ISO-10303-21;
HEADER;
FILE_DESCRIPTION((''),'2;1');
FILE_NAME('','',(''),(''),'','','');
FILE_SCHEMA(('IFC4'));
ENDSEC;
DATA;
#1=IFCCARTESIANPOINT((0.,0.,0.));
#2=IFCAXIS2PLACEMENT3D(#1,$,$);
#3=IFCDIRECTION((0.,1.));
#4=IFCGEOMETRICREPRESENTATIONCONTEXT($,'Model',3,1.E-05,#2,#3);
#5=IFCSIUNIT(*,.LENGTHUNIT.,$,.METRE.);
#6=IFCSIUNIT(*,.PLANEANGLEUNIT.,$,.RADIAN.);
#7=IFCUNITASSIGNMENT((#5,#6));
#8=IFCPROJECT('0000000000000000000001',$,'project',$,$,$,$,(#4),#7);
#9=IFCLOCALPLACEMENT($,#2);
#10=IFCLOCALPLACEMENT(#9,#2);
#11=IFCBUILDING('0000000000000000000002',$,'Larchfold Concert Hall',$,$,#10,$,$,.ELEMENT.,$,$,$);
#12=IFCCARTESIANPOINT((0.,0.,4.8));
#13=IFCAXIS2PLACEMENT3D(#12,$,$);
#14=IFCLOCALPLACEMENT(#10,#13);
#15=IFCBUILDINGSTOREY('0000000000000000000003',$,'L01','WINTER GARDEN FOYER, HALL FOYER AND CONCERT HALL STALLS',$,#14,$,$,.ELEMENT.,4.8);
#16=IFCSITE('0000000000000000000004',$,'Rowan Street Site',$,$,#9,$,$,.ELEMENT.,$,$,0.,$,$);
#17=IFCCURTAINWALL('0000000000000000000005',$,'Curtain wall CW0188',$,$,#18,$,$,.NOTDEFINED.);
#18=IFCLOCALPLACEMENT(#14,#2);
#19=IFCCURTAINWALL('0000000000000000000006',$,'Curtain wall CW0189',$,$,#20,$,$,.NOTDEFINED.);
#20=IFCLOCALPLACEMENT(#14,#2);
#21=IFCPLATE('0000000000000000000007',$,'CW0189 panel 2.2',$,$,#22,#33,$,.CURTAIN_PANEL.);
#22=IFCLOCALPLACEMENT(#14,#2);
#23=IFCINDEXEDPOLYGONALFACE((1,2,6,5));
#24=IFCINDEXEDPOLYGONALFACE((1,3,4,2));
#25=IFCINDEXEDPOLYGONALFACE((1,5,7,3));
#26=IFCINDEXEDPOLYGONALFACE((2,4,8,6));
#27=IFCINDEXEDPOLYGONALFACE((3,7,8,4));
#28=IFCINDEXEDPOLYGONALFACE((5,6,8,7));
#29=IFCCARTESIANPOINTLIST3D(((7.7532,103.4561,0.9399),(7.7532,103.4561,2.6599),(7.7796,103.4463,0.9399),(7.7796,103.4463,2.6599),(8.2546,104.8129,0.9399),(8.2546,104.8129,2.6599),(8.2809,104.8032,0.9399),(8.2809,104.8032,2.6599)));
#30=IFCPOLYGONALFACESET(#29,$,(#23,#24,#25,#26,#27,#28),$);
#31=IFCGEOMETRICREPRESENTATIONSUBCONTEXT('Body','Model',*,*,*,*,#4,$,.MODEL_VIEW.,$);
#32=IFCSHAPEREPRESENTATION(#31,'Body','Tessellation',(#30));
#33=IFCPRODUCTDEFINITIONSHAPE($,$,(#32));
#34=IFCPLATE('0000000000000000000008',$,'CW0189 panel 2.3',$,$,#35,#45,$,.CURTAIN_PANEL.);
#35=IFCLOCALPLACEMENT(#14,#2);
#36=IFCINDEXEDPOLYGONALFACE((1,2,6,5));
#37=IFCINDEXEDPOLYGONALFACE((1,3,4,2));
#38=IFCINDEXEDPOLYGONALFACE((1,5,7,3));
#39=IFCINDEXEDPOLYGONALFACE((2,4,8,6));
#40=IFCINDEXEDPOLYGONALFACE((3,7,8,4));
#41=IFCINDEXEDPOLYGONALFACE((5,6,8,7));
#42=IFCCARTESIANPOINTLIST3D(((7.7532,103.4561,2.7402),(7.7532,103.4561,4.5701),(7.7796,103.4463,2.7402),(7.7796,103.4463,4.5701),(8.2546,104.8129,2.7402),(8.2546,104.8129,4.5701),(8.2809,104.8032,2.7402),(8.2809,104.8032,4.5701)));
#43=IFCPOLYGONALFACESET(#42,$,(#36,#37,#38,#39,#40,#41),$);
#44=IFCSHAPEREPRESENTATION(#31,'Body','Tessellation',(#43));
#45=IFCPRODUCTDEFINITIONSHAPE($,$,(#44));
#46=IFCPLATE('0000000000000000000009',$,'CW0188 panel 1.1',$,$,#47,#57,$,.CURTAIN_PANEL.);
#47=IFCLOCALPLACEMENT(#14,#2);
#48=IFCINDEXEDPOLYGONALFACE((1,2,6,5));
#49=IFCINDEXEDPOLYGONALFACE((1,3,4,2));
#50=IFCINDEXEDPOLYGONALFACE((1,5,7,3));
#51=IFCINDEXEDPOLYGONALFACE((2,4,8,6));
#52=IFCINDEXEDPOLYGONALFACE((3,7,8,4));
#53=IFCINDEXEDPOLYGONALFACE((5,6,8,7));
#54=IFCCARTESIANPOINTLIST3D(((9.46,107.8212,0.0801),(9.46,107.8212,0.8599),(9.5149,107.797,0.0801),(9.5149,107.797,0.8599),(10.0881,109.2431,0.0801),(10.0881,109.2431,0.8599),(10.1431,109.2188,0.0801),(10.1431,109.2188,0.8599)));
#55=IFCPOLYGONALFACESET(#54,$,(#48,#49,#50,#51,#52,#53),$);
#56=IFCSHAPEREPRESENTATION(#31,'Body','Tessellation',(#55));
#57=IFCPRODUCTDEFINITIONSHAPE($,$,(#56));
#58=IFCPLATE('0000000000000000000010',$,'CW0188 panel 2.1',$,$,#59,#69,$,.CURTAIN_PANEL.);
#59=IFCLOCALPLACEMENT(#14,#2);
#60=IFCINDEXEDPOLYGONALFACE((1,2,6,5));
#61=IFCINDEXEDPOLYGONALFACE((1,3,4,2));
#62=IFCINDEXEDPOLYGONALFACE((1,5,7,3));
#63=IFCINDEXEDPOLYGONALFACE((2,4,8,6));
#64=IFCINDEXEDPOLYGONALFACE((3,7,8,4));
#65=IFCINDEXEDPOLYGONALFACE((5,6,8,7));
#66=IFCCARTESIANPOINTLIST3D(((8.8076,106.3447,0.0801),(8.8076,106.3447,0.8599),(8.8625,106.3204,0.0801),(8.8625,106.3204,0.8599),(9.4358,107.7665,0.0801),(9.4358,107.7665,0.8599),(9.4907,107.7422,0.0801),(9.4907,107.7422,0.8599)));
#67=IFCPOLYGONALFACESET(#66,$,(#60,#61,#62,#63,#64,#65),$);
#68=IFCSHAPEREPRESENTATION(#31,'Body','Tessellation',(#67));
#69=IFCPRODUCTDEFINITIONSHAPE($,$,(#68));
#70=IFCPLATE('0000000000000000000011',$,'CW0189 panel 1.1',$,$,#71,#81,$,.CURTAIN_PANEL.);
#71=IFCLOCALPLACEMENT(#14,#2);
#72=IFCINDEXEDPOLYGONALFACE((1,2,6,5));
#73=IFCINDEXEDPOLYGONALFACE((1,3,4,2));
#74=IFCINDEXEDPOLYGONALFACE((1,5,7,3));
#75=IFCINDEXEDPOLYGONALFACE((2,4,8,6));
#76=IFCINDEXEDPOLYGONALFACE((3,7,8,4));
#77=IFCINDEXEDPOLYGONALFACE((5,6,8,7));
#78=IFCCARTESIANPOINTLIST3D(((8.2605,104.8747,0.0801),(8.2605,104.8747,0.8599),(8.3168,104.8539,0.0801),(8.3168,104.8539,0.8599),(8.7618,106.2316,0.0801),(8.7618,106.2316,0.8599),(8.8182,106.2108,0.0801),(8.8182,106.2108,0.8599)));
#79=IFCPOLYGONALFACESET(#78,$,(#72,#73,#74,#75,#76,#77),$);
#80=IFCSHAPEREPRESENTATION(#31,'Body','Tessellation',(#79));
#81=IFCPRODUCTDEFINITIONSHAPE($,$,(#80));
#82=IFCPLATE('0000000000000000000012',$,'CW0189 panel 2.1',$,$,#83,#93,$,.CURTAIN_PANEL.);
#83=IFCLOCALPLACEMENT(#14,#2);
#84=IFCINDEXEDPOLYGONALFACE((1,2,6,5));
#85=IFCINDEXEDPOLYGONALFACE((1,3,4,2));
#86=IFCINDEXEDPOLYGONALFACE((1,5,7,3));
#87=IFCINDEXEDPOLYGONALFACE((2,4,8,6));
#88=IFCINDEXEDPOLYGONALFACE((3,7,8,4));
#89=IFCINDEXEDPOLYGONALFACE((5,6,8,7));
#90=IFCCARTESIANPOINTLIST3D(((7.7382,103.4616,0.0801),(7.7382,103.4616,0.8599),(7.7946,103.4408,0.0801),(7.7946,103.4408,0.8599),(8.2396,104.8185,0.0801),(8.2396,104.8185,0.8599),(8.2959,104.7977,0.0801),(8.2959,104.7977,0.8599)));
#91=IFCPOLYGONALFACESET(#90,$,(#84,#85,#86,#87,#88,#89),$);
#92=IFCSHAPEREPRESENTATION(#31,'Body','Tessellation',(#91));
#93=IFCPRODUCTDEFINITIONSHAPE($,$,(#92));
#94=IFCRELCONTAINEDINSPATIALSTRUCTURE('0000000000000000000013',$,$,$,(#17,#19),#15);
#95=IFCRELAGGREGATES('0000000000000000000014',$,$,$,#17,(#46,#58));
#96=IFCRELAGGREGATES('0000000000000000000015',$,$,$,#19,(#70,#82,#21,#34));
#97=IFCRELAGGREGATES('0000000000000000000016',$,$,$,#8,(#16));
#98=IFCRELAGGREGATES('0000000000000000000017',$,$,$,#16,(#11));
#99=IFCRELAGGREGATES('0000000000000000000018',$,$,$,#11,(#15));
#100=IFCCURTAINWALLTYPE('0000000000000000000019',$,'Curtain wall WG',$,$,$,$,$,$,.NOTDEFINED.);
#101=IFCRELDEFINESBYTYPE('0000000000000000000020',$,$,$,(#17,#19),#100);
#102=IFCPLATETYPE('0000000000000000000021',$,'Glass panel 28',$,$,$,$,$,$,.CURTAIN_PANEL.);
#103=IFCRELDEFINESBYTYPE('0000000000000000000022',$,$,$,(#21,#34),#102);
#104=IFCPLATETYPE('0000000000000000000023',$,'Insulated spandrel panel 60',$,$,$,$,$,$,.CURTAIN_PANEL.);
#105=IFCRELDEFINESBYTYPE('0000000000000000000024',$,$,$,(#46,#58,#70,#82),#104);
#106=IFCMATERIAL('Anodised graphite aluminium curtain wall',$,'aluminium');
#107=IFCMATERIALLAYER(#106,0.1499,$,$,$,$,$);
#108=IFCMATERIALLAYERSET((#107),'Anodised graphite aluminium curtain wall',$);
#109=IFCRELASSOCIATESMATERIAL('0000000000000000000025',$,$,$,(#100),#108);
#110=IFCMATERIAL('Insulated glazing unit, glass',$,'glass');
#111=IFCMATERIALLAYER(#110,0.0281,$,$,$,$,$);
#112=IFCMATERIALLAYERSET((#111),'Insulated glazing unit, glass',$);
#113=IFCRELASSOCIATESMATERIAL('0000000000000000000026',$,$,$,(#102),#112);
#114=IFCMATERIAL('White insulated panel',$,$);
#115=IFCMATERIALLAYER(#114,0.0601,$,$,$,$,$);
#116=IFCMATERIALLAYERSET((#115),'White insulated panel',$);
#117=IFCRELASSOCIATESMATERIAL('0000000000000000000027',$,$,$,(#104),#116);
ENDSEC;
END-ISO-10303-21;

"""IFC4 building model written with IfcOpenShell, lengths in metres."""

from ifc_helpers import new_model, si_unit, direction, frame, origin, origin_2d, place, context, subcontext, project, spatial, rectangle, extrude, material, layer, layer_set, type_object, element, aggregate, save


model = new_model("IFC4")

# Units and contexts
model_context = context("Model", 3, precision=1e-05, world=origin(), true_north=direction((0.0, 1.0)))
body_context = subcontext(model_context, "Body", "Model", "MODEL_VIEW")
ifc_project = project(units=[si_unit("LENGTHUNIT", "METRE"), si_unit("PLANEANGLEUNIT", "RADIAN")], contexts=[model_context])

# Site, building, storey
site_placement = place(None, origin())
site = spatial("IfcSite", under=ifc_project, at=site_placement, Name="Rowan Street Site", CompositionType="ELEMENT", RefElevation=0.0)
building_placement = place(site_placement, origin())
building = spatial("IfcBuilding", under=site, at=building_placement, Name="Larchfold Concert Hall", CompositionType="ELEMENT")
storey_placement = place(building_placement, frame((0.0, 0.0, 4.8)))
storey = spatial("IfcBuildingStorey", under=building, at=storey_placement, Name="L01", Description="WINTER GARDEN FOYER, HALL FOYER AND CONCERT HALL STALLS", CompositionType="ELEMENT", Elevation=4.8)

# Shared definitions
ifc_material_1 = material(Name="Anodised graphite aluminium curtain wall", Category="aluminium")
ifc_layer_1 = layer(ifc_material_1, 0.1499)
ifc_layer_set_1 = layer_set([ifc_layer_1], Name="Anodised graphite aluminium curtain wall")
curtain_wall_type = type_object("IfcCurtainWallType", Name="Curtain wall WG", PredefinedType="NOTDEFINED", material=ifc_layer_set_1)

# Curtain walls
curtain_wall_1_placement = place(storey_placement, origin())
curtain_wall_1 = element("IfcCurtainWall", 1, at=curtain_wall_1_placement, inside=storey, type_object=curtain_wall_type, Name="Curtain wall CW0188", PredefinedType="NOTDEFINED")
curtain_wall_2_placement = place(storey_placement, origin())
curtain_wall_2 = element("IfcCurtainWall", 2, at=curtain_wall_2_placement, inside=storey, type_object=curtain_wall_type, Name="Curtain wall CW0189", PredefinedType="NOTDEFINED")

# Plates
ifc_material_2 = material(Name="Insulated glazing unit, glass", Category="glass")
ifc_layer_2 = layer(ifc_material_2, 0.0281)
ifc_layer_set_2 = layer_set([ifc_layer_2], Name="Insulated glazing unit, glass")
plate_type_1 = type_object("IfcPlateType", Name="Glass panel 28", PredefinedType="CURTAIN_PANEL", material=ifc_layer_set_2)
plate_1_placement = place(storey_placement, frame((8.0171, 104.1296, 0.9399), z_axis=(0.0, 0.0, 1.0), x_axis=(-0.346592, -0.938016, 0.0)))
plate_1 = element("IfcPlate", 3, at=plate_1_placement, type_object=plate_type_1, Name="CW0189 panel 2.2", PredefinedType="CURTAIN_PANEL", context=body_context, shape_type="SweptSolid", body=[
    extrude(rectangle(XDim=1.4465, YDim=0.0281, at=origin_2d()), origin(), (0.0, 0.0, 1.0), 1.72),
])
plate_2_placement = place(storey_placement, frame((8.0171, 104.1296, 2.7402), z_axis=(0.0, 0.0, 1.0), x_axis=(-0.346592, -0.938016, 0.0)))
plate_2 = element("IfcPlate", 4, at=plate_2_placement, type_object=plate_type_1, Name="CW0189 panel 2.3", PredefinedType="CURTAIN_PANEL", context=body_context, shape_type="SweptSolid", body=[
    extrude(rectangle(XDim=1.4465, YDim=0.0281, at=origin_2d()), origin(), (0.0, 0.0, 1.0), 1.8298),
])
ifc_material_3 = material(Name="White insulated panel")
ifc_layer_3 = layer(ifc_material_3, 0.0601)
ifc_layer_set_3 = layer_set([ifc_layer_3], Name="White insulated panel")
plate_type_2 = type_object("IfcPlateType", Name="Insulated spandrel panel 60", PredefinedType="CURTAIN_PANEL", material=ifc_layer_set_3)
plate_3_placement = place(storey_placement, frame((9.8015, 108.52, 0.0801), z_axis=(0.0, 0.0, 1.0), x_axis=(-0.404126, -0.914703, 0.0)))
plate_3 = element("IfcPlate", 5, at=plate_3_placement, type_object=plate_type_2, Name="CW0188 panel 1.1", PredefinedType="CURTAIN_PANEL", context=body_context, shape_type="SweptSolid", body=[
    extrude(rectangle(XDim=1.5544, YDim=0.0601, at=origin_2d()), origin(), (0.0, 0.0, 1.0), 0.7798),
])
plate_4_placement = place(storey_placement, frame((9.1492, 107.0435, 0.0801), z_axis=(0.0, 0.0, 1.0), x_axis=(-0.404126, -0.914703, 0.0)))
plate_4 = element("IfcPlate", 6, at=plate_4_placement, type_object=plate_type_2, Name="CW0188 panel 2.1", PredefinedType="CURTAIN_PANEL", context=body_context, shape_type="SweptSolid", body=[
    extrude(rectangle(XDim=1.5544, YDim=0.0601, at=origin_2d()), origin(), (0.0, 0.0, 1.0), 0.7798),
])
aggregate(curtain_wall_1, [plate_3, plate_4])
plate_5_placement = place(storey_placement, frame((8.5393, 105.5427, 0.0801), z_axis=(0.0, 0.0, 1.0), x_axis=(-0.346592, -0.938016, 0.0)))
plate_5 = element("IfcPlate", 7, at=plate_5_placement, type_object=plate_type_2, Name="CW0189 panel 1.1", PredefinedType="CURTAIN_PANEL", context=body_context, shape_type="SweptSolid", body=[
    extrude(rectangle(XDim=1.4465, YDim=0.0601, at=origin_2d()), origin(), (0.0, 0.0, 1.0), 0.7798),
])
plate_6_placement = place(storey_placement, frame((8.0171, 104.1296, 0.0801), z_axis=(0.0, 0.0, 1.0), x_axis=(-0.346592, -0.938016, 0.0)))
plate_6 = element("IfcPlate", 8, at=plate_6_placement, type_object=plate_type_2, Name="CW0189 panel 2.1", PredefinedType="CURTAIN_PANEL", context=body_context, shape_type="SweptSolid", body=[
    extrude(rectangle(XDim=1.4465, YDim=0.0601, at=origin_2d()), origin(), (0.0, 0.0, 1.0), 0.7798),
])
aggregate(curtain_wall_2, [plate_5, plate_6, plate_1, plate_2])

save(model, "model.ifc")
